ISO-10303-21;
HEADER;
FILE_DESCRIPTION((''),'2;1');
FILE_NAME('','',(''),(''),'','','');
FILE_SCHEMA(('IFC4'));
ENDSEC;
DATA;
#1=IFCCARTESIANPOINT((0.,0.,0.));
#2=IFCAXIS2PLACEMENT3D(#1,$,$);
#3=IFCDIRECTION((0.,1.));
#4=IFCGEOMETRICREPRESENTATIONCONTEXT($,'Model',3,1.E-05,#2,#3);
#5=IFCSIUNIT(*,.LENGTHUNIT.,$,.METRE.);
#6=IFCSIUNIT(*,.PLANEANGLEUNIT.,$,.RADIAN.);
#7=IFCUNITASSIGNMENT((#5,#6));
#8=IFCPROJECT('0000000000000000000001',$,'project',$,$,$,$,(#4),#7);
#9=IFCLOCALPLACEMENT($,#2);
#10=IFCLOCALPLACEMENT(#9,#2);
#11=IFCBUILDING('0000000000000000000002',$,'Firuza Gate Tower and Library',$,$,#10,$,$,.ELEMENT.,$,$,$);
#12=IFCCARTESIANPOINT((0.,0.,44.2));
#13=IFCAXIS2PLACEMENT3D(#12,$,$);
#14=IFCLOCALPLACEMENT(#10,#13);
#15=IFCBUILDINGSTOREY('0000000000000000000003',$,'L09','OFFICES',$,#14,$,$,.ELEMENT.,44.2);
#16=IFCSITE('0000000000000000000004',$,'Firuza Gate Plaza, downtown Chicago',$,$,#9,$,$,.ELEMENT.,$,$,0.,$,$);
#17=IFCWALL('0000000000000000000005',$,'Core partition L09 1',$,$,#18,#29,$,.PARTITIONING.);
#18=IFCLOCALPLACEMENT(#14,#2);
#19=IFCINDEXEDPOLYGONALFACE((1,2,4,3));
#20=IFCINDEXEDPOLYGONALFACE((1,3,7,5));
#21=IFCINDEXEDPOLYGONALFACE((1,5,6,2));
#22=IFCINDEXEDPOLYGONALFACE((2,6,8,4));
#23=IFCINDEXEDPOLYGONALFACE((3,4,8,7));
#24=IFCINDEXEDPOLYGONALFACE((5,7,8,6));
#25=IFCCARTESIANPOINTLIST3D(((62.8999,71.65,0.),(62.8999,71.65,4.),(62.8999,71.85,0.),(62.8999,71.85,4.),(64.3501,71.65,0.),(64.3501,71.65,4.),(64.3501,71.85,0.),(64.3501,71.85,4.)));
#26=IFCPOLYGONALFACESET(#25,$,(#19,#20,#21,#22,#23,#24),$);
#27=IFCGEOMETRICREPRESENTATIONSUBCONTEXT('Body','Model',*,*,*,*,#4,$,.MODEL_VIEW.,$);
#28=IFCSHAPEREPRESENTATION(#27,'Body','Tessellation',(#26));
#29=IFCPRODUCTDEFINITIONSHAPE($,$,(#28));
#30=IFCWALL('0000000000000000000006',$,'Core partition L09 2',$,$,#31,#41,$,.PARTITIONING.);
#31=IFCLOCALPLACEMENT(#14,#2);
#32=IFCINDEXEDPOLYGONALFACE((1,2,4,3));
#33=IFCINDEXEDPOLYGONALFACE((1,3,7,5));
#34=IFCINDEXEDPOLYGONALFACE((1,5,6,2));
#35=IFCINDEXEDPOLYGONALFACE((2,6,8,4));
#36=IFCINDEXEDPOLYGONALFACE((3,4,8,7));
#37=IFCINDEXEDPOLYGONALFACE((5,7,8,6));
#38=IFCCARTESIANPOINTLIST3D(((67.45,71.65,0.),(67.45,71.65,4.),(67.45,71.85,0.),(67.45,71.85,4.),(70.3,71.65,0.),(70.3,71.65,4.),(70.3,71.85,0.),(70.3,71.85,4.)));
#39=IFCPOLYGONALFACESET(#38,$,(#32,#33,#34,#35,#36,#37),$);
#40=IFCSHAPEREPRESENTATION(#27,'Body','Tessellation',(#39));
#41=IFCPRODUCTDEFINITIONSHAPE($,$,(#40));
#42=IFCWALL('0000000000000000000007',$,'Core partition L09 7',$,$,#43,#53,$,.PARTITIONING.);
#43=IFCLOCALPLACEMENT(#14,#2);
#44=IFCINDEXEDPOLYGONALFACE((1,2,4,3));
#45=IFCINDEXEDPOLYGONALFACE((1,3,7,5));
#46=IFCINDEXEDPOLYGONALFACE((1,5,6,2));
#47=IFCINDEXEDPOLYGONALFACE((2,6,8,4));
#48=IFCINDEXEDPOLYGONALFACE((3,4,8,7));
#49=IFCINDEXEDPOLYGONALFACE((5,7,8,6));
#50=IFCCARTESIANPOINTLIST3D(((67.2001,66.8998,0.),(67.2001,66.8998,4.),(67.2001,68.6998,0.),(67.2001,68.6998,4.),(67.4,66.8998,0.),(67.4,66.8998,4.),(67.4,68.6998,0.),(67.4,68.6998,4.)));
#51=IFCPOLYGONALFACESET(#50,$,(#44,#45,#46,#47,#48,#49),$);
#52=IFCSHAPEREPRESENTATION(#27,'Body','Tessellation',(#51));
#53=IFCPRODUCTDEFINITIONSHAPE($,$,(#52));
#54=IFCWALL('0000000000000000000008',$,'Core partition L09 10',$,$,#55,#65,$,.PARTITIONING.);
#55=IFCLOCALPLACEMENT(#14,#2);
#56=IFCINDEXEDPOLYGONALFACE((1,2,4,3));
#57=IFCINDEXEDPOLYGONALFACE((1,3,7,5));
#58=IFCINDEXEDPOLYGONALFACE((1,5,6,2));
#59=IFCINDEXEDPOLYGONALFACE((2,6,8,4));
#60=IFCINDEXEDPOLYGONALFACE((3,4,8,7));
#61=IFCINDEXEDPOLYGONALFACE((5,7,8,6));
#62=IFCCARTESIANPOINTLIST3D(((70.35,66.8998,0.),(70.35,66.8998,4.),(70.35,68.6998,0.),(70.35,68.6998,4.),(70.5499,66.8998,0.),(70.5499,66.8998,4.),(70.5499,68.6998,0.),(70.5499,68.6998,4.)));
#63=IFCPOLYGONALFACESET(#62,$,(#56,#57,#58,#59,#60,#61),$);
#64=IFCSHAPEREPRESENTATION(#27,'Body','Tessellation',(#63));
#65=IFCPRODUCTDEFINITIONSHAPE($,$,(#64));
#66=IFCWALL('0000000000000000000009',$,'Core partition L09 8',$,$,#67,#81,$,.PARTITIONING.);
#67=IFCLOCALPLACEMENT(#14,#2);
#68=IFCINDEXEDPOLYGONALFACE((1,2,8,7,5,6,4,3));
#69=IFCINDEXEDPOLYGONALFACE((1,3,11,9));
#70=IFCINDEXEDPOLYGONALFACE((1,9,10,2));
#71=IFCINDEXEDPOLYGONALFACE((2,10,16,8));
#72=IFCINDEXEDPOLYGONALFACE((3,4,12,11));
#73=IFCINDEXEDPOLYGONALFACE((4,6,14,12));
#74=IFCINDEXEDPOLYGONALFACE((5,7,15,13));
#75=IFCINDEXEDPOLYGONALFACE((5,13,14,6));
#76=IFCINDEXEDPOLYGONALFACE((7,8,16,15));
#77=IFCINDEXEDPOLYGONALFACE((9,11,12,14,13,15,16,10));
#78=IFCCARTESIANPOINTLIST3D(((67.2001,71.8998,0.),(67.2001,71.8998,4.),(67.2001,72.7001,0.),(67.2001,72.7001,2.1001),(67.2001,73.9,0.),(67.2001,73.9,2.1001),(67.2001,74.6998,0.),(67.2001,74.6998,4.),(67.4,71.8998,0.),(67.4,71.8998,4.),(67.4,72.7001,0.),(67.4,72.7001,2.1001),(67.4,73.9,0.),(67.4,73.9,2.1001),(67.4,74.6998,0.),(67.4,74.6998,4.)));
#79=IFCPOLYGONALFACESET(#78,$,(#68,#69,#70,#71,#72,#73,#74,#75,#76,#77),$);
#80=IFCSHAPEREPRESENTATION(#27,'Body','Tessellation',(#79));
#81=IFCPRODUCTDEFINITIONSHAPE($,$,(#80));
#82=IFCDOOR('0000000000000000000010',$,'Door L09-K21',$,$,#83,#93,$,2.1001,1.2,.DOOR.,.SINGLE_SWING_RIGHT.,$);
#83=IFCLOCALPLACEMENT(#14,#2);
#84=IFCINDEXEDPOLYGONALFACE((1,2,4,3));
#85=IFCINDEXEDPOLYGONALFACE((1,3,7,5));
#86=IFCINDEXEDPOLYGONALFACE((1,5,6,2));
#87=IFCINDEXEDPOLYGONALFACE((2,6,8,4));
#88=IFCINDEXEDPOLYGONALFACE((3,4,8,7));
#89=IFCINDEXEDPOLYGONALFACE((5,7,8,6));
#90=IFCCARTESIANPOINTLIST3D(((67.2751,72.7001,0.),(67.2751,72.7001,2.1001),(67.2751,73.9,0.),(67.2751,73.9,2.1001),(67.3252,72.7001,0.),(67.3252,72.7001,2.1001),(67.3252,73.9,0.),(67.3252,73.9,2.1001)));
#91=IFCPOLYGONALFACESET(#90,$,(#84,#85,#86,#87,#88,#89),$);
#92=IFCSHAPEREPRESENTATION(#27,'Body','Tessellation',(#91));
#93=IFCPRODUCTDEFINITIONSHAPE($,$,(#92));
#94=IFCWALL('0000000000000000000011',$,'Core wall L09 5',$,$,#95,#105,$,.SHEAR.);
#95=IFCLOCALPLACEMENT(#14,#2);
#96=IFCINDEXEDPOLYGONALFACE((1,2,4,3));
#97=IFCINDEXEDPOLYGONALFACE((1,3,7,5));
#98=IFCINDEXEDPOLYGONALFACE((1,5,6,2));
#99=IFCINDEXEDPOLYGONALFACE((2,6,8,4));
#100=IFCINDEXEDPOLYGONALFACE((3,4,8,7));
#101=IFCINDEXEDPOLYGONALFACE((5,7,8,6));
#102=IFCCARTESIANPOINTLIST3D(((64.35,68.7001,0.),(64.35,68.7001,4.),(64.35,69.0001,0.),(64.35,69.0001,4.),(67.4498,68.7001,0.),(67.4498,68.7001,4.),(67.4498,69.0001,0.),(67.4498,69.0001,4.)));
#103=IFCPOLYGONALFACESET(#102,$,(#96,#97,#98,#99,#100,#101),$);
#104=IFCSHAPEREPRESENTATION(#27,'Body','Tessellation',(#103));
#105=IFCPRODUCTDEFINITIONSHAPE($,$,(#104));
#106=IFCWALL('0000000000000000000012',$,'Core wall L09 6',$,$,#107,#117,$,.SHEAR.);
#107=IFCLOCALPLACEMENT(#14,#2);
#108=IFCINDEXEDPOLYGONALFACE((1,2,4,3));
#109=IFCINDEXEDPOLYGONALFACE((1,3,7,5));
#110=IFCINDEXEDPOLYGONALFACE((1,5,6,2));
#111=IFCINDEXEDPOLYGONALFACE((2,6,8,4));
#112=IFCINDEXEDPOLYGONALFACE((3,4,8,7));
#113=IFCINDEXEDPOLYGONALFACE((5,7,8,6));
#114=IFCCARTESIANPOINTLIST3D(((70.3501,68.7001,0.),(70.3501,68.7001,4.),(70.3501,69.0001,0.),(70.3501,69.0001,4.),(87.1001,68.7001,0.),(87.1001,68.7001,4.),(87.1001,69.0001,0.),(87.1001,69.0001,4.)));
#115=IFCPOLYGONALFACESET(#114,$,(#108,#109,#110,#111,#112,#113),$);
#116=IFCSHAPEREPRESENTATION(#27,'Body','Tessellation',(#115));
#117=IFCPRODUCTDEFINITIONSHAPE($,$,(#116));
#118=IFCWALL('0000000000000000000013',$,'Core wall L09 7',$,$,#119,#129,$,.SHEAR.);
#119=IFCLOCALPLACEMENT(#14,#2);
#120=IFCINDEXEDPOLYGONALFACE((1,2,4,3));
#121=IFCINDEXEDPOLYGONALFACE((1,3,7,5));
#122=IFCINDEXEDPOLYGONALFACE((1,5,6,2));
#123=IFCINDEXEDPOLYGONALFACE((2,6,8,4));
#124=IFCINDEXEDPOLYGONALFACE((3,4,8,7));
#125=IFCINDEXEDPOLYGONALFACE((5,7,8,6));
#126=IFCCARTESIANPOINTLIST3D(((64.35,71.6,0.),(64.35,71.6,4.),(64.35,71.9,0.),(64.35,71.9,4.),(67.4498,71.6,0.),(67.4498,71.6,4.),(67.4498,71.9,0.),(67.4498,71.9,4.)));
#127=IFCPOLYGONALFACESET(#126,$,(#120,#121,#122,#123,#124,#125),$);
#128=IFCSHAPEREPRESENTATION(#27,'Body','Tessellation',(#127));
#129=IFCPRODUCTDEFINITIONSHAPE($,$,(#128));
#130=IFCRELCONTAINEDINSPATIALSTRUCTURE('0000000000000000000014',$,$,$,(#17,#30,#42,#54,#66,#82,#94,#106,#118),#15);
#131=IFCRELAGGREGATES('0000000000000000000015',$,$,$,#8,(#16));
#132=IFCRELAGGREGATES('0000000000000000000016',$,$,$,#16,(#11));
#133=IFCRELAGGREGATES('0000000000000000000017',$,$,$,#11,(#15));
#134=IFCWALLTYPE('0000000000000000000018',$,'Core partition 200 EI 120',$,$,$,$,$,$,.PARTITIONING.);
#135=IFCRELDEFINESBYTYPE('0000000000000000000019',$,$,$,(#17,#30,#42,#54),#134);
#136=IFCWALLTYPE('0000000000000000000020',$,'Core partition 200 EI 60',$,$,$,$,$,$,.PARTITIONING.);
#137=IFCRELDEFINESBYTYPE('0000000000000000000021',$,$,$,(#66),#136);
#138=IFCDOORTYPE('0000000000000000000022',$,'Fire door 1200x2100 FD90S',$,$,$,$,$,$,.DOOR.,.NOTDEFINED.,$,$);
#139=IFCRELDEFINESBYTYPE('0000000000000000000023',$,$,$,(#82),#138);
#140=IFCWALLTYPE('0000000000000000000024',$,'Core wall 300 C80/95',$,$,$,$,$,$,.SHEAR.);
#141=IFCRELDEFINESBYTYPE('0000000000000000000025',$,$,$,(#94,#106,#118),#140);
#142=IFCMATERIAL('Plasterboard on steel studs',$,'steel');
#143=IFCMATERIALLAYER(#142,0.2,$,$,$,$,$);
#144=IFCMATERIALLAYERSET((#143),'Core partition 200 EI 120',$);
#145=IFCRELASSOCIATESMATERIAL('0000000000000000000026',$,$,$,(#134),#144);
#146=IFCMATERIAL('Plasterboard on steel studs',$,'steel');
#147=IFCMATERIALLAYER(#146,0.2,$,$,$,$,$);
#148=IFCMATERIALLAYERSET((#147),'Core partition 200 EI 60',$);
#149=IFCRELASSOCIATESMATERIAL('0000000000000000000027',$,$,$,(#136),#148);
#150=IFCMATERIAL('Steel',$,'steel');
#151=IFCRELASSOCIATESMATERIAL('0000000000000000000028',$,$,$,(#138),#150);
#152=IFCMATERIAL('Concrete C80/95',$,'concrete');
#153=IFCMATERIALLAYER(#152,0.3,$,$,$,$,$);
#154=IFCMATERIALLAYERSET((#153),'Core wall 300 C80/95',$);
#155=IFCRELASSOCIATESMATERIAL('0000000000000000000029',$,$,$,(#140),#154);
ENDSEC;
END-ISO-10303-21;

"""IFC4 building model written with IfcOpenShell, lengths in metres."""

from ifc_helpers import new_model, si_unit, direction, frame, frame_2d, origin, place, context, subcontext, project, spatial, rectangle, extrude, material, layer, layer_set, type_object, element, fill, save


model = new_model("IFC4")

# Units and contexts
model_context = context("Model", 3, precision=1e-05, world=origin(), true_north=direction((0.0, 1.0)))
body_context = subcontext(model_context, "Body", "Model", "MODEL_VIEW")
ifc_project = project(units=[si_unit("LENGTHUNIT", "METRE"), si_unit("PLANEANGLEUNIT", "RADIAN")], contexts=[model_context])

# Site, building, storey
site_placement = place(None, origin())
site = spatial("IfcSite", under=ifc_project, at=site_placement, Name="Firuza Gate Plaza, downtown Chicago", CompositionType="ELEMENT", RefElevation=0.0)
building_placement = place(site_placement, origin())
building = spatial("IfcBuilding", under=site, at=building_placement, Name="Firuza Gate Tower and Library", CompositionType="ELEMENT")
storey_placement = place(building_placement, frame((0.0, 0.0, 44.2)))
storey = spatial("IfcBuildingStorey", under=building, at=storey_placement, Name="L09", Description="OFFICES", CompositionType="ELEMENT", Elevation=44.2)

# Walls
ifc_material_1 = material(Name="Plasterboard on steel studs", Category="steel")
ifc_layer_1 = layer(ifc_material_1, 0.2)
ifc_layer_set_1 = layer_set([ifc_layer_1], Name="Core partition 200 EI 120")
wall_type_1 = type_object("IfcWallType", Name="Core partition 200 EI 120", PredefinedType="PARTITIONING", material=ifc_layer_set_1)
wall_1_placement = place(storey_placement, frame((62.8999, 71.75, 0.0), z_axis=(0.0, 0.0, 1.0), x_axis=(1.0, 0.0, 0.0)))
element("IfcWall", 1, at=wall_1_placement, inside=storey, type_object=wall_type_1, Name="Core partition L09 1", PredefinedType="PARTITIONING", context=body_context, shape_type="SweptSolid", body=[
    extrude(rectangle(XDim=1.4502, YDim=0.2, at=frame_2d((0.7251, 0.0))), origin(), (0.0, 0.0, 1.0), 4.0),
])
wall_2_placement = place(storey_placement, frame((67.45, 71.75, 0.0), z_axis=(0.0, 0.0, 1.0), x_axis=(1.0, 0.0, 0.0)))
element("IfcWall", 2, at=wall_2_placement, inside=storey, type_object=wall_type_1, Name="Core partition L09 2", PredefinedType="PARTITIONING", context=body_context, shape_type="SweptSolid", body=[
    extrude(rectangle(XDim=2.8501, YDim=0.2, at=frame_2d((1.425, 0.0))), origin(), (0.0, 0.0, 1.0), 4.0),
])
for number, where, z_axis, x_axis, name in (
    (3, (67.3, 66.8999, 0.0), (0.0, 0.0, 1.0), (0.0, 1.0, 0.0), "Core partition L09 7"),
    (4, (70.45, 66.8999, 0.0), (0.0, 0.0, 1.0), (0.0, 1.0, 0.0), "Core partition L09 10"),
):
    element("IfcWall", number, at=place(storey_placement, frame(where, z_axis=z_axis, x_axis=x_axis)), inside=storey, type_object=wall_type_1, Name=name, PredefinedType="PARTITIONING", context=body_context, shape_type="SweptSolid", body=[
        extrude(rectangle(XDim=1.8, YDim=0.2, at=frame_2d((0.8999, 0.0))), origin(), (0.0, 0.0, 1.0), 4.0),
    ])

# Wall, opening, door
ifc_material_2 = material(Name="Plasterboard on steel studs", Category="steel")
ifc_layer_2 = layer(ifc_material_2, 0.2)
ifc_layer_set_2 = layer_set([ifc_layer_2], Name="Core partition 200 EI 60")
wall_type_2 = type_object("IfcWallType", Name="Core partition 200 EI 60", PredefinedType="PARTITIONING", material=ifc_layer_set_2)
wall_3_placement = place(storey_placement, frame((67.3, 71.8999, 0.0), z_axis=(0.0, 0.0, 1.0), x_axis=(0.0, 1.0, 0.0)))
wall_3 = element("IfcWall", 5, at=wall_3_placement, inside=storey, type_object=wall_type_2, Name="Core partition L09 8", PredefinedType="PARTITIONING", context=body_context, shape_type="SweptSolid", body=[
    extrude(rectangle(XDim=2.8, YDim=0.2, at=frame_2d((1.3999, 0.0))), origin(), (0.0, 0.0, 1.0), 4.0),
])
opening_1_placement = place(wall_3_placement, frame((0.8, 0.0, 0.0)))
opening_1 = element("IfcOpeningElement", 6, at=opening_1_placement, cuts=wall_3, PredefinedType="OPENING", context=body_context, shape_type="SweptSolid", body=[
    extrude(rectangle(XDim=1.2, YDim=2.1001, at=frame_2d((0.6001, 1.05))), frame((0.0, 0.1099, 0.0), z_axis=(0.0, -1.0, 0.0), x_axis=(1.0, 0.0, 0.0)), (0.0, 0.0, 1.0), 0.22),
])
ifc_material_3 = material(Name="Steel", Category="steel")
door_type_1 = type_object("IfcDoorType", Name="Fire door 1200x2100 FD90S", OperationType="NOTDEFINED", PredefinedType="DOOR", material=ifc_material_3)
door_1_placement = place(opening_1_placement, origin())
door_1 = element("IfcDoor", 7, at=door_1_placement, inside=storey, type_object=door_type_1, Name="Door L09-K21", OperationType="SINGLE_SWING_RIGHT", OverallHeight=2.1001, OverallWidth=1.2, PredefinedType="DOOR", context=body_context, shape_type="SweptSolid", body=[
    extrude(rectangle(XDim=1.2, YDim=2.1001, at=frame_2d((0.6001, 1.05))), frame((0.0, 0.0249, 0.0), z_axis=(0.0, -1.0, 0.0), x_axis=(1.0, 0.0, 0.0)), (0.0, 0.0, 1.0), 0.05),
])
fill(opening_1, door_1)

# Walls
ifc_material_4 = material(Name="Concrete C80/95", Category="concrete")
ifc_layer_3 = layer(ifc_material_4, 0.3)
ifc_layer_set_3 = layer_set([ifc_layer_3], Name="Core wall 300 C80/95")
wall_type_3 = type_object("IfcWallType", Name="Core wall 300 C80/95", PredefinedType="SHEAR", material=ifc_layer_set_3)
wall_4_placement = place(storey_placement, frame((64.3501, 68.8501, 0.0), z_axis=(0.0, 0.0, 1.0), x_axis=(1.0, 0.0, 0.0)))
element("IfcWall", 8, at=wall_4_placement, inside=storey, type_object=wall_type_3, Name="Core wall L09 5", PredefinedType="SHEAR", context=body_context, shape_type="SweptSolid", body=[
    extrude(rectangle(XDim=3.0999, YDim=0.3, at=frame_2d((1.5498, 0.0))), origin(), (0.0, 0.0, 1.0), 4.0),
])
wall_5_placement = place(storey_placement, frame((70.3501, 68.8501, 0.0), z_axis=(0.0, 0.0, 1.0), x_axis=(1.0, 0.0, 0.0)))
element("IfcWall", 9, at=wall_5_placement, inside=storey, type_object=wall_type_3, Name="Core wall L09 6", PredefinedType="SHEAR", context=body_context, shape_type="SweptSolid", body=[
    extrude(rectangle(XDim=16.75, YDim=0.3, at=frame_2d((8.375, 0.0))), origin(), (0.0, 0.0, 1.0), 4.0),
])
wall_6_placement = place(storey_placement, frame((64.3501, 71.75, 0.0), z_axis=(0.0, 0.0, 1.0), x_axis=(1.0, 0.0, 0.0)))
element("IfcWall", 10, at=wall_6_placement, inside=storey, type_object=wall_type_3, Name="Core wall L09 7", PredefinedType="SHEAR", context=body_context, shape_type="SweptSolid", body=[
    extrude(rectangle(XDim=3.0999, YDim=0.3, at=frame_2d((1.5498, 0.0))), origin(), (0.0, 0.0, 1.0), 4.0),
])

save(model, "model.ifc")
